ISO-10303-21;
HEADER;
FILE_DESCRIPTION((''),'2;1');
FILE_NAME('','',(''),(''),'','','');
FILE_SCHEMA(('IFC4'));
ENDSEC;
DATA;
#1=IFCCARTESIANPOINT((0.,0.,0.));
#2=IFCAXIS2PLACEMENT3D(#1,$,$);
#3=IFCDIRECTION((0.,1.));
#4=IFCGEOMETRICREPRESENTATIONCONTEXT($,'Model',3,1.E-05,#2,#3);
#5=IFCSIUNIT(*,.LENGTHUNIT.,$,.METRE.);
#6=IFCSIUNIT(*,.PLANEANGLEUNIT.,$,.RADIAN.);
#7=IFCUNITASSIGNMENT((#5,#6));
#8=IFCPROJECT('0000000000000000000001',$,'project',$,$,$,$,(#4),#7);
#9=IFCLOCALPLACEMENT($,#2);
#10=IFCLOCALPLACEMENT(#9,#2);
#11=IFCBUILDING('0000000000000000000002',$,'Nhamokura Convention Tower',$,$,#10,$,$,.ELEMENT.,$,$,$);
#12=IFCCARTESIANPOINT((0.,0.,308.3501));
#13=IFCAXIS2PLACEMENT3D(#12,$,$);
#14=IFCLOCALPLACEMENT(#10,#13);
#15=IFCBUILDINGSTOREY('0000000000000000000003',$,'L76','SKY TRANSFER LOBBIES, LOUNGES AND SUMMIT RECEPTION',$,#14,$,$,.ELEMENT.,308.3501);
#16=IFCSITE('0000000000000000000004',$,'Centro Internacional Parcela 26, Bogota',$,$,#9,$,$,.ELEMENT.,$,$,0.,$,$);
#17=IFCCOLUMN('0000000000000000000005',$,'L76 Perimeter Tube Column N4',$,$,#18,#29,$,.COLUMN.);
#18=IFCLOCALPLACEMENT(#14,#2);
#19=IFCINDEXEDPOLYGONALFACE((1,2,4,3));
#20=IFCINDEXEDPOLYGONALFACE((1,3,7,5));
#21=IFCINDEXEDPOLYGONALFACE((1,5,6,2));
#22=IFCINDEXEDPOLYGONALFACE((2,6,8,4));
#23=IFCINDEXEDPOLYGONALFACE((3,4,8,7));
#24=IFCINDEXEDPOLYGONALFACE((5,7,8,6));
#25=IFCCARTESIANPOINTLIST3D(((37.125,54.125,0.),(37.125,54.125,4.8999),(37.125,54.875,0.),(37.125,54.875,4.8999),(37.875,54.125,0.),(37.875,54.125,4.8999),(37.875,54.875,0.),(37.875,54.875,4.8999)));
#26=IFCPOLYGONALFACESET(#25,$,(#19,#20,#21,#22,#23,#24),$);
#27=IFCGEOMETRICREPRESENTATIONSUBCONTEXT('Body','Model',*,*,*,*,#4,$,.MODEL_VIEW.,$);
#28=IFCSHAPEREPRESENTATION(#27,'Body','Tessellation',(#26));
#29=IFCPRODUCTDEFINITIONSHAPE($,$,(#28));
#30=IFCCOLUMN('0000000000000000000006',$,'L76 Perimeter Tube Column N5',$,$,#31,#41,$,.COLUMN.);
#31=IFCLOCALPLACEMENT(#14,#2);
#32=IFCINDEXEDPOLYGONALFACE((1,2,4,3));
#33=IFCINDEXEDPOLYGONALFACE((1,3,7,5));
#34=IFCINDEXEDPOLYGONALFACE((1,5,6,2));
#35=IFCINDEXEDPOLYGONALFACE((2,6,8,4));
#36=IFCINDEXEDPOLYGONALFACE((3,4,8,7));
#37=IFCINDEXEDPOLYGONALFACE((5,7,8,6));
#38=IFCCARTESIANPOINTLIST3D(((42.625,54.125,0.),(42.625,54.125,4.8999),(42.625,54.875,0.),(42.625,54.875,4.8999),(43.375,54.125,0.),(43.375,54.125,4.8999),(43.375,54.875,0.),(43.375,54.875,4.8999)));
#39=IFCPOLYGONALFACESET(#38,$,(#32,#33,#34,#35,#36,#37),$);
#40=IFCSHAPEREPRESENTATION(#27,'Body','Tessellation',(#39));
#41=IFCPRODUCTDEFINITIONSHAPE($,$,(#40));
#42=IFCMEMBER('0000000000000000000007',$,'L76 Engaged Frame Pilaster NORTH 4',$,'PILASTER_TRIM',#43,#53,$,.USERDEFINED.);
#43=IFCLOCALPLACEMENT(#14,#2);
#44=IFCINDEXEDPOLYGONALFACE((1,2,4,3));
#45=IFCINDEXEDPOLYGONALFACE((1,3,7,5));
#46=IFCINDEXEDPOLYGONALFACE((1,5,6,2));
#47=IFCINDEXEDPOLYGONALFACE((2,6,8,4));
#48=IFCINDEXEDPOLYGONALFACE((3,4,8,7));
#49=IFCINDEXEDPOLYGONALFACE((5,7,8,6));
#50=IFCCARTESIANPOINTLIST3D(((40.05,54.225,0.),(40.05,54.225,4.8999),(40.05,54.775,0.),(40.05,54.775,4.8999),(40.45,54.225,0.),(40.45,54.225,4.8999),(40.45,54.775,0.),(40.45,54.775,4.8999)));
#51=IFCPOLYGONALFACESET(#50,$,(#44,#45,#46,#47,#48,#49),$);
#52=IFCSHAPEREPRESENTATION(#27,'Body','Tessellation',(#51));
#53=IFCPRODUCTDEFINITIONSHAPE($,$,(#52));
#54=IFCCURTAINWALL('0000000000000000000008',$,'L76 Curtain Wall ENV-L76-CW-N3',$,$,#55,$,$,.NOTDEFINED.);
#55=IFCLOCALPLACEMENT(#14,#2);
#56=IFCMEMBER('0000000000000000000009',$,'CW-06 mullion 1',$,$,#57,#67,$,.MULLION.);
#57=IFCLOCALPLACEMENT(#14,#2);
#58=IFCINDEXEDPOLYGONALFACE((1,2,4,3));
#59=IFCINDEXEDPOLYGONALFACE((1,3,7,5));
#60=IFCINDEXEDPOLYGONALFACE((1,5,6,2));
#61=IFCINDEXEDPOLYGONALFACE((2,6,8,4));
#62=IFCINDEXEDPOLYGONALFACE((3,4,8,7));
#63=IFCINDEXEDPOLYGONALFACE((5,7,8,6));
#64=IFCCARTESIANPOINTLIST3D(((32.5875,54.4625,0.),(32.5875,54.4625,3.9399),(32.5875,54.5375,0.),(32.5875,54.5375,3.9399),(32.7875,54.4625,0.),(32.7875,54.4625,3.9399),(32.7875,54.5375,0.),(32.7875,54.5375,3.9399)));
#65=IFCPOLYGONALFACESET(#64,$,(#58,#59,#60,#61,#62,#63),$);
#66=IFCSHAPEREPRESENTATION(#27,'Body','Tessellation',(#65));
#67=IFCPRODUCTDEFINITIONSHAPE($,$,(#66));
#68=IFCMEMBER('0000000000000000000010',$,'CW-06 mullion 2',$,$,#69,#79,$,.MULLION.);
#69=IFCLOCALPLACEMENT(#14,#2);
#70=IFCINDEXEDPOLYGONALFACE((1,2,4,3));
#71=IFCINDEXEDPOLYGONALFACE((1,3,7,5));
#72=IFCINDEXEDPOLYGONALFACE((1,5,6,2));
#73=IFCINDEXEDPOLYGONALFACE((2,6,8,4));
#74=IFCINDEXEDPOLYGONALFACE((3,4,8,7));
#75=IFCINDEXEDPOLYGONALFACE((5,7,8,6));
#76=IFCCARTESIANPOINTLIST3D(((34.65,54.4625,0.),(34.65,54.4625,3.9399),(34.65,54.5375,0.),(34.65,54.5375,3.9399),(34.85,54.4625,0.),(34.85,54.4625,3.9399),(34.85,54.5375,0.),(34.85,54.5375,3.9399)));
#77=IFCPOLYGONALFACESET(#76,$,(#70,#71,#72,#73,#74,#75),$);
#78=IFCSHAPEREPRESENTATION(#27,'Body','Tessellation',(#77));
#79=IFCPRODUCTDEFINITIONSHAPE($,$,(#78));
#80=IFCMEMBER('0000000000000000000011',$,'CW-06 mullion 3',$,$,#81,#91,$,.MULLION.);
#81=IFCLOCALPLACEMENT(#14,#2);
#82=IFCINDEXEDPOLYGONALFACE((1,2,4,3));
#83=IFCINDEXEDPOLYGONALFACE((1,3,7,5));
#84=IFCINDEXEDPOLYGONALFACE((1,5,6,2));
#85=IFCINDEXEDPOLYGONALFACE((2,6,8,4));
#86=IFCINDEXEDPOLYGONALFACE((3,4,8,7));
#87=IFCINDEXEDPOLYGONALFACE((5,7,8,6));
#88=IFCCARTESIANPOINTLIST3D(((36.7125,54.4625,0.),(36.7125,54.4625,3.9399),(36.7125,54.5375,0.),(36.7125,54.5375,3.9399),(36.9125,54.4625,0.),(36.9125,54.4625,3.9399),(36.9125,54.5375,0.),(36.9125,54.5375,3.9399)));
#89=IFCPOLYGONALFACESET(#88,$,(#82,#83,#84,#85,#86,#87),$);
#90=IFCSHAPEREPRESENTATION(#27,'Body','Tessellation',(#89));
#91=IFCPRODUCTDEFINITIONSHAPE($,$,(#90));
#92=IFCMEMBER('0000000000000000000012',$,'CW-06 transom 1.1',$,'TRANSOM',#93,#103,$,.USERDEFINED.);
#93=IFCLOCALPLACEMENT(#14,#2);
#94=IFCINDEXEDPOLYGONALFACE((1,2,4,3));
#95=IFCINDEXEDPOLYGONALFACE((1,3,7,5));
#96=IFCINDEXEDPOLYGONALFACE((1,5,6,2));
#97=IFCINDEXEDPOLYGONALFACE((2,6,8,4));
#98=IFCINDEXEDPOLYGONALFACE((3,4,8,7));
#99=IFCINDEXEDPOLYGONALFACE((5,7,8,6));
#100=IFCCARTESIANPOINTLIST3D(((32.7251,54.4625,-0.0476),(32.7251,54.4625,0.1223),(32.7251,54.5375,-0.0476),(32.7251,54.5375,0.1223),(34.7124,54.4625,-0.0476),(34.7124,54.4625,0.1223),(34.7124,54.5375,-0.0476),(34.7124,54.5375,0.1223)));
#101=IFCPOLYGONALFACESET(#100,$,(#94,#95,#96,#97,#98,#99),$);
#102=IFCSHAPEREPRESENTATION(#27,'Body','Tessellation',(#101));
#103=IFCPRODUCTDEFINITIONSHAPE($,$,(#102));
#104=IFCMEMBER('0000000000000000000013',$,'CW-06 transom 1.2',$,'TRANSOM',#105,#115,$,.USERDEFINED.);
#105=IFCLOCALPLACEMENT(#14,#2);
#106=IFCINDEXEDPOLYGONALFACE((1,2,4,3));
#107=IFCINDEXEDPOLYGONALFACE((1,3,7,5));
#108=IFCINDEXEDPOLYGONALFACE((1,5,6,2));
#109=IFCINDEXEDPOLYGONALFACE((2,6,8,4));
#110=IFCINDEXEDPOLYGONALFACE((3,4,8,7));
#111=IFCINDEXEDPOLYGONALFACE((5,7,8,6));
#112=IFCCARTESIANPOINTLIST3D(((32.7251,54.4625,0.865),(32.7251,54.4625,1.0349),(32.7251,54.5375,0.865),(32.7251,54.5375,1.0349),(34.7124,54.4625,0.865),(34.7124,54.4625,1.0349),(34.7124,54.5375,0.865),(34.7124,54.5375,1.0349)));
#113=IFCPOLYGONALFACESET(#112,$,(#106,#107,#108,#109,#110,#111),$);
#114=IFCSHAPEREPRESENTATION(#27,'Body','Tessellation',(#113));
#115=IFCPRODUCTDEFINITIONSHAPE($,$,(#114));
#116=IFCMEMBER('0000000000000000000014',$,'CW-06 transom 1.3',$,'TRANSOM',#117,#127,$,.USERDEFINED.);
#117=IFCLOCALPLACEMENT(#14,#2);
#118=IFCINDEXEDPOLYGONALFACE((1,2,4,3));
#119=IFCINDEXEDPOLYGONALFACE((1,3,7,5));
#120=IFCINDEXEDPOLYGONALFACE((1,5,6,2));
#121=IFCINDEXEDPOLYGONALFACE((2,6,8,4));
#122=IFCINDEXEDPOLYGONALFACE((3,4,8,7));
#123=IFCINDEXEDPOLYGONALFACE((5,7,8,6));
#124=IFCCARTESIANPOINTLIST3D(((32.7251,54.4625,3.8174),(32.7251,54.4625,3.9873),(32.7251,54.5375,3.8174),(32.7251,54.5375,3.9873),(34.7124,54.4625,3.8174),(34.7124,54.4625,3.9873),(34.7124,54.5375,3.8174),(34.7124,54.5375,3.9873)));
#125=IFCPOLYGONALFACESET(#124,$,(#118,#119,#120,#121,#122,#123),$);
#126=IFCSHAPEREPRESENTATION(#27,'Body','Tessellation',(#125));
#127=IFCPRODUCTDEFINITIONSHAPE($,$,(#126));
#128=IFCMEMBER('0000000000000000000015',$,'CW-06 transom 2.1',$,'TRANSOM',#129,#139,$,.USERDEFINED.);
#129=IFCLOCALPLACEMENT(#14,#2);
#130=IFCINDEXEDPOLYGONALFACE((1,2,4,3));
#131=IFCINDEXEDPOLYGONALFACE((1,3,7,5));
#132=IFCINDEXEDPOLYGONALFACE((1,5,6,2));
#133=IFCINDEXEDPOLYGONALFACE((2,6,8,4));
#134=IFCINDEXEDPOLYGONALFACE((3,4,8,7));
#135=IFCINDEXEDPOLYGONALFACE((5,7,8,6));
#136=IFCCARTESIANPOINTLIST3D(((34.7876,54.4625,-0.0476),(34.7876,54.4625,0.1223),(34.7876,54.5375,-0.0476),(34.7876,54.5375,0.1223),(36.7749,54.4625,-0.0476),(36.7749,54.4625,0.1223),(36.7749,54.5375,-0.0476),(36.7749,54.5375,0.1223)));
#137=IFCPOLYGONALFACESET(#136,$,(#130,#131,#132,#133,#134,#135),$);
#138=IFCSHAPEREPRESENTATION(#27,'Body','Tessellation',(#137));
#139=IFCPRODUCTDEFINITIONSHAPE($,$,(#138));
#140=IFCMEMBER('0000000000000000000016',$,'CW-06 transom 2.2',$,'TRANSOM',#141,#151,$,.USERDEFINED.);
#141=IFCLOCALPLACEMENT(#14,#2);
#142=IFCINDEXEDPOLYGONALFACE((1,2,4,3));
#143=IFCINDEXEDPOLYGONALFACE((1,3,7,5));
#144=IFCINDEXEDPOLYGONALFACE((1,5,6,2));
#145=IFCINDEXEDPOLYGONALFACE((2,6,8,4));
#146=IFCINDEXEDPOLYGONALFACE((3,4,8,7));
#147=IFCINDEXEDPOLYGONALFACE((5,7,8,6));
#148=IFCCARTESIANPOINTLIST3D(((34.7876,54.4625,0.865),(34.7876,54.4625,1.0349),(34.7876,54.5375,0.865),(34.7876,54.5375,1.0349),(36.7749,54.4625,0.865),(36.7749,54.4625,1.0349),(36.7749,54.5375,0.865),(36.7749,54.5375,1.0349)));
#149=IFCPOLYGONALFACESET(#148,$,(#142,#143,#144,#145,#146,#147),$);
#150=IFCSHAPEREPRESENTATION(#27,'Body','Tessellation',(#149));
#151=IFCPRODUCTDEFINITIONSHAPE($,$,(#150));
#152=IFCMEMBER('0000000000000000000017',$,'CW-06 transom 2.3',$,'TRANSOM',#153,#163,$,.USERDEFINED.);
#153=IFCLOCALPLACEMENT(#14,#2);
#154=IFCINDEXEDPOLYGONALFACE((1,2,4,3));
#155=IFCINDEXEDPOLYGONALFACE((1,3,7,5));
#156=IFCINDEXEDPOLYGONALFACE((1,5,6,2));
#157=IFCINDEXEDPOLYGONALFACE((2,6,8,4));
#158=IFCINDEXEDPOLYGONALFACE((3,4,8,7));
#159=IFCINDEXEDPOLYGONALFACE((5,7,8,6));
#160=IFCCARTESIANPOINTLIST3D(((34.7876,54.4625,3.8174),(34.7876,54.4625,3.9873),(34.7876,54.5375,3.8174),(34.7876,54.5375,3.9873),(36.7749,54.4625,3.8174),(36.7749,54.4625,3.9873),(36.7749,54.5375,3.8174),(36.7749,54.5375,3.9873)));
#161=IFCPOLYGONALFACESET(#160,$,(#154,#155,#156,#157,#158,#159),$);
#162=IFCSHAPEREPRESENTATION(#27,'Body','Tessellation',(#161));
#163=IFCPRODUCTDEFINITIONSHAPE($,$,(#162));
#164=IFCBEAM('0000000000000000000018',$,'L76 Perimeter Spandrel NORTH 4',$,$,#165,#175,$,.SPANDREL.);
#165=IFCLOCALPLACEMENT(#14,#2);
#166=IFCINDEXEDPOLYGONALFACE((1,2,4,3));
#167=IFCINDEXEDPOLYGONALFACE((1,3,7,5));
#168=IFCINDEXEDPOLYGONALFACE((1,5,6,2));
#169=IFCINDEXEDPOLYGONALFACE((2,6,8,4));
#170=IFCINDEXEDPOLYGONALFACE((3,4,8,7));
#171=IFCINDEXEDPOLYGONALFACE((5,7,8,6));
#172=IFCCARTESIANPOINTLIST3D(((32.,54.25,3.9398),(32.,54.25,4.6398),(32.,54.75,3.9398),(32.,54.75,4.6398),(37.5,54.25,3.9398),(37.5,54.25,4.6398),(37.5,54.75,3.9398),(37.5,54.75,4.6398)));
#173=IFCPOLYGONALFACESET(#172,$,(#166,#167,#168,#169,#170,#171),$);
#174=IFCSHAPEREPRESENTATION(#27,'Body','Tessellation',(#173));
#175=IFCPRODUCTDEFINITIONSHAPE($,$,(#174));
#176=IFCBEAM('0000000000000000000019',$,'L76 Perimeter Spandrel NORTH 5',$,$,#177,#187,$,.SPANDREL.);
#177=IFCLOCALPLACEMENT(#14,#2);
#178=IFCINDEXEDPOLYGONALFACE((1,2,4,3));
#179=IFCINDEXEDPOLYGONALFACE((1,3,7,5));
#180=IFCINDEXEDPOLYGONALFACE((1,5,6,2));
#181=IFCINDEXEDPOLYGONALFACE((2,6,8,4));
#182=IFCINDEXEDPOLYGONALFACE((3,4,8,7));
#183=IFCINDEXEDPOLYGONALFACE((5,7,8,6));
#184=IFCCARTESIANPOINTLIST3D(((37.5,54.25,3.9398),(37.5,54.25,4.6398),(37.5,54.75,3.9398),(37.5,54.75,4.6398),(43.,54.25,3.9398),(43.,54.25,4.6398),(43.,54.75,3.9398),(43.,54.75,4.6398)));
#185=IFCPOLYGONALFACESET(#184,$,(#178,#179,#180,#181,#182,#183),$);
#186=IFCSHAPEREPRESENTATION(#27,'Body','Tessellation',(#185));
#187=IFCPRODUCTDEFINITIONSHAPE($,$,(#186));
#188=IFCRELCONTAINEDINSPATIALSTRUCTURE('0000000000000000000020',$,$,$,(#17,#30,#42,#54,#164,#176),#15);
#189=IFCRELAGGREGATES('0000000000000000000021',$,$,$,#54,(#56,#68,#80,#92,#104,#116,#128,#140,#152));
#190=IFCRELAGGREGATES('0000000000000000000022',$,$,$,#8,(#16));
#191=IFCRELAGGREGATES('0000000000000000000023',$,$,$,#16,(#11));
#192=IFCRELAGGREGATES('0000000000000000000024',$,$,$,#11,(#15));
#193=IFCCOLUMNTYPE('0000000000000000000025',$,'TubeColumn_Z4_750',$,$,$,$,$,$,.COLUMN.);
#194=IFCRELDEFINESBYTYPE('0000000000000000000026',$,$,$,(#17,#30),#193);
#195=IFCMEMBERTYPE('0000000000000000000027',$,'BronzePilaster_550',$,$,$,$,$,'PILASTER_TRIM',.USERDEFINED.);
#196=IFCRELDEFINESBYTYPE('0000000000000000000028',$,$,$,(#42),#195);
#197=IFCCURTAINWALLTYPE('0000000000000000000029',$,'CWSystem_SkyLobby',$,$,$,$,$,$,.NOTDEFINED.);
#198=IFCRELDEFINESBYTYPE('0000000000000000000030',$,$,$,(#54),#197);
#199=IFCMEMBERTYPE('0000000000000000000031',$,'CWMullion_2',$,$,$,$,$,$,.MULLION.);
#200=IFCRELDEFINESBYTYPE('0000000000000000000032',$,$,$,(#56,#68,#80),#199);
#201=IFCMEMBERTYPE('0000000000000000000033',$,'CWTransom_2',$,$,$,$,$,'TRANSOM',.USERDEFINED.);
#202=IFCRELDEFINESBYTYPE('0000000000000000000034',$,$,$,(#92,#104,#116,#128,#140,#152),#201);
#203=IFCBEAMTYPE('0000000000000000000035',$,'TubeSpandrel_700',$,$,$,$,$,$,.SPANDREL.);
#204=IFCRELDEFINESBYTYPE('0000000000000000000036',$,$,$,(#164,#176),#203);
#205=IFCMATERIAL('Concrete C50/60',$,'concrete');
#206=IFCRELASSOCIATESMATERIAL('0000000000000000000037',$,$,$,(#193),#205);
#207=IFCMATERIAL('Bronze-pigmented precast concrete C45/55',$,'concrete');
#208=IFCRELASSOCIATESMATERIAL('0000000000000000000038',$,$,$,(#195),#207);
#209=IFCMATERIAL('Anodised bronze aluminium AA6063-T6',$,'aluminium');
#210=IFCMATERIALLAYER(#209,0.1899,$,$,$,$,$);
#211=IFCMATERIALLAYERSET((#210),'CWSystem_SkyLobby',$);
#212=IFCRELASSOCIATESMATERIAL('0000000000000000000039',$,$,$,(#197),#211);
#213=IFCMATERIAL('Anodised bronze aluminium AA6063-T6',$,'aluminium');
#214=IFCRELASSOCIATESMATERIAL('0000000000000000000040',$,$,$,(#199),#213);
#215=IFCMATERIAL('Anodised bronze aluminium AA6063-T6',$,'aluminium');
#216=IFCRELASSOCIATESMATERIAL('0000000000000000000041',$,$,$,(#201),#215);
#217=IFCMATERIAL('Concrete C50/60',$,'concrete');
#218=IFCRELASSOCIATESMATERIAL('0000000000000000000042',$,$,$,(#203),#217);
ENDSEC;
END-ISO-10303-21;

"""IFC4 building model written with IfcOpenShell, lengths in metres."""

from ifc_helpers import new_model, si_unit, direction, frame, origin, origin_2d, place, context, subcontext, project, spatial, rectangle, extrude, material, layer, layer_set, material_profile, profile_set, type_object, element, aggregate, save


model = new_model("IFC4")

# Units and contexts
model_context = context("Model", 3, precision=1e-05, world=origin(), true_north=direction((0.0, 1.0)))
body_context = subcontext(model_context, "Body", "Model", "MODEL_VIEW")
ifc_project = project(units=[si_unit("LENGTHUNIT", "METRE"), si_unit("PLANEANGLEUNIT", "RADIAN")], contexts=[model_context])

# Site, building, storey
site_placement = place(None, origin())
site = spatial("IfcSite", under=ifc_project, at=site_placement, Name="Centro Internacional Parcela 26, Bogota", CompositionType="ELEMENT", RefElevation=0.0)
building_placement = place(site_placement, origin())
building = spatial("IfcBuilding", under=site, at=building_placement, Name="Nhamokura Convention Tower", CompositionType="ELEMENT")
storey_placement = place(building_placement, frame((0.0, 0.0, 308.3501)))
storey = spatial("IfcBuildingStorey", under=building, at=storey_placement, Name="L76", Description="SKY TRANSFER LOBBIES, LOUNGES AND SUMMIT RECEPTION", CompositionType="ELEMENT", Elevation=308.3501)

# Columns
ifc_material_1 = material(Name="Concrete C50/60", Category="concrete")
ifc_material_profile_1 = material_profile(ifc_material_1, rectangle(XDim=0.75, YDim=0.75, at=origin_2d()))
ifc_profile_set_1 = profile_set([ifc_material_profile_1], Name="Concrete C50/60")
column_type = type_object("IfcColumnType", Name="TubeColumn_Z4_750", PredefinedType="COLUMN", material=ifc_profile_set_1)
for number, where, z_axis, x_axis, name in (
    (1, (37.5, 54.5, 0.0), (0.0, 0.0, 1.0), (1.0, 0.0, 0.0), "L76 Perimeter Tube Column N4"),
    (2, (43.0, 54.5, 0.0), (0.0, 0.0, 1.0), (1.0, 0.0, 0.0), "L76 Perimeter Tube Column N5"),
):
    element("IfcColumn", number, at=place(storey_placement, frame(where, z_axis=z_axis, x_axis=x_axis)), inside=storey, type_object=column_type, Name=name, PredefinedType="COLUMN", context=body_context, shape_type="SweptSolid", body=[
        extrude(rectangle(XDim=0.75, YDim=0.75, at=origin_2d()), origin(), (0.0, 0.0, 1.0), 4.8999),
    ])

# Member
ifc_material_2 = material(Name="Bronze-pigmented precast concrete C45/55", Category="concrete")
ifc_material_profile_2 = material_profile(ifc_material_2, rectangle(XDim=0.3999, YDim=0.55, at=origin_2d()))
ifc_profile_set_2 = profile_set([ifc_material_profile_2], Name="Bronze-pigmented precast concrete C45/55")
member_type_1 = type_object("IfcMemberType", Name="BronzePilaster_550", ElementType="PILASTER_TRIM", PredefinedType="USERDEFINED", material=ifc_profile_set_2)
member_1_placement = place(storey_placement, frame((40.25, 54.5, 0.0), z_axis=(0.0, 0.0, 1.0), x_axis=(1.0, 0.0, 0.0)))
element("IfcMember", 3, at=member_1_placement, inside=storey, type_object=member_type_1, Name="L76 Engaged Frame Pilaster NORTH 4", ObjectType="PILASTER_TRIM", PredefinedType="USERDEFINED", context=body_context, shape_type="SweptSolid", body=[
    extrude(rectangle(XDim=0.3999, YDim=0.55, at=origin_2d()), origin(), (0.0, 0.0, 1.0), 4.8999),
])

# Curtain wall, members
ifc_material_3 = material(Name="Anodised bronze aluminium AA6063-T6", Category="aluminium")
ifc_layer_1 = layer(ifc_material_3, 0.1899)
ifc_layer_set_1 = layer_set([ifc_layer_1], Name="CWSystem_SkyLobby")
curtain_wall_type = type_object("IfcCurtainWallType", Name="CWSystem_SkyLobby", PredefinedType="NOTDEFINED", material=ifc_layer_set_1)
curtain_wall_placement = place(storey_placement, origin())
curtain_wall = element("IfcCurtainWall", 4, at=curtain_wall_placement, inside=storey, type_object=curtain_wall_type, Name="L76 Curtain Wall ENV-L76-CW-N3", PredefinedType="NOTDEFINED")
ifc_material_4 = material(Name="Anodised bronze aluminium AA6063-T6", Category="aluminium")
ifc_material_profile_3 = material_profile(ifc_material_4, rectangle(XDim=0.075, YDim=0.2, at=origin_2d()))
ifc_profile_set_3 = profile_set([ifc_material_profile_3], Name="Anodised bronze aluminium AA6063-T6")
member_type_2 = type_object("IfcMemberType", Name="CWMullion_2", PredefinedType="MULLION", material=ifc_profile_set_3)
member_2_placement = place(storey_placement, frame((32.6875, 54.5, 0.0), z_axis=(0.0, 0.0, 1.0), x_axis=(0.0, 1.0, 0.0)))
member_2 = element("IfcMember", 5, at=member_2_placement, type_object=member_type_2, Name="CW-06 mullion 1", PredefinedType="MULLION", context=body_context, shape_type="SweptSolid", body=[
    extrude(rectangle(XDim=0.075, YDim=0.2, at=origin_2d()), origin(), (0.0, 0.0, 1.0), 3.9399),
])
member_3_placement = place(storey_placement, frame((34.75, 54.5, 0.0), z_axis=(0.0, 0.0, 1.0), x_axis=(0.0, 1.0, 0.0)))
member_3 = element("IfcMember", 6, at=member_3_placement, type_object=member_type_2, Name="CW-06 mullion 2", PredefinedType="MULLION", context=body_context, shape_type="SweptSolid", body=[
    extrude(rectangle(XDim=0.075, YDim=0.2, at=origin_2d()), origin(), (0.0, 0.0, 1.0), 3.9399),
])
member_4_placement = place(storey_placement, frame((36.8125, 54.5, 0.0), z_axis=(0.0, 0.0, 1.0), x_axis=(0.0, 1.0, 0.0)))
member_4 = element("IfcMember", 7, at=member_4_placement, type_object=member_type_2, Name="CW-06 mullion 3", PredefinedType="MULLION", context=body_context, shape_type="SweptSolid", body=[
    extrude(rectangle(XDim=0.075, YDim=0.2, at=origin_2d()), origin(), (0.0, 0.0, 1.0), 3.9399),
])
ifc_material_5 = material(Name="Anodised bronze aluminium AA6063-T6", Category="aluminium")
ifc_material_profile_4 = material_profile(ifc_material_5, rectangle(XDim=0.075, YDim=0.1699, at=origin_2d()))
ifc_profile_set_4 = profile_set([ifc_material_profile_4], Name="Anodised bronze aluminium AA6063-T6")
member_type_3 = type_object("IfcMemberType", Name="CWTransom_2", ElementType="TRANSOM", PredefinedType="USERDEFINED", material=ifc_profile_set_4)
member_5_placement = place(storey_placement, frame((32.7251, 54.5, 0.0374), z_axis=(1.0, 0.0, 0.0), x_axis=(0.0, 1.0, 0.0)))
member_5 = element("IfcMember", 8, at=member_5_placement, type_object=member_type_3, Name="CW-06 transom 1.1", ObjectType="TRANSOM", PredefinedType="USERDEFINED", context=body_context, shape_type="SweptSolid", body=[
    extrude(rectangle(XDim=0.075, YDim=0.1699, at=origin_2d()), origin(), (0.0, 0.0, 1.0), 1.9873),
])
member_6_placement = place(storey_placement, frame((32.7251, 54.5, 0.95), z_axis=(1.0, 0.0, 0.0), x_axis=(0.0, 1.0, 0.0)))
member_6 = element("IfcMember", 9, at=member_6_placement, type_object=member_type_3, Name="CW-06 transom 1.2", ObjectType="TRANSOM", PredefinedType="USERDEFINED", context=body_context, shape_type="SweptSolid", body=[
    extrude(rectangle(XDim=0.075, YDim=0.1699, at=origin_2d()), origin(), (0.0, 0.0, 1.0), 1.9873),
])
member_7_placement = place(storey_placement, frame((32.7251, 54.5, 3.9023), z_axis=(1.0, 0.0, 0.0), x_axis=(0.0, 1.0, 0.0)))
member_7 = element("IfcMember", 10, at=member_7_placement, type_object=member_type_3, Name="CW-06 transom 1.3", ObjectType="TRANSOM", PredefinedType="USERDEFINED", context=body_context, shape_type="SweptSolid", body=[
    extrude(rectangle(XDim=0.075, YDim=0.1699, at=origin_2d()), origin(), (0.0, 0.0, 1.0), 1.9873),
])
member_8_placement = place(storey_placement, frame((34.7876, 54.5, 0.0374), z_axis=(1.0, 0.0, 0.0), x_axis=(0.0, 1.0, 0.0)))
member_8 = element("IfcMember", 11, at=member_8_placement, type_object=member_type_3, Name="CW-06 transom 2.1", ObjectType="TRANSOM", PredefinedType="USERDEFINED", context=body_context, shape_type="SweptSolid", body=[
    extrude(rectangle(XDim=0.075, YDim=0.1699, at=origin_2d()), origin(), (0.0, 0.0, 1.0), 1.9873),
])
member_9_placement = place(storey_placement, frame((34.7876, 54.5, 0.95), z_axis=(1.0, 0.0, 0.0), x_axis=(0.0, 1.0, 0.0)))
member_9 = element("IfcMember", 12, at=member_9_placement, type_object=member_type_3, Name="CW-06 transom 2.2", ObjectType="TRANSOM", PredefinedType="USERDEFINED", context=body_context, shape_type="SweptSolid", body=[
    extrude(rectangle(XDim=0.075, YDim=0.1699, at=origin_2d()), origin(), (0.0, 0.0, 1.0), 1.9873),
])
member_10_placement = place(storey_placement, frame((34.7876, 54.5, 3.9023), z_axis=(1.0, 0.0, 0.0), x_axis=(0.0, 1.0, 0.0)))
member_10 = element("IfcMember", 13, at=member_10_placement, type_object=member_type_3, Name="CW-06 transom 2.3", ObjectType="TRANSOM", PredefinedType="USERDEFINED", context=body_context, shape_type="SweptSolid", body=[
    extrude(rectangle(XDim=0.075, YDim=0.1699, at=origin_2d()), origin(), (0.0, 0.0, 1.0), 1.9873),
])

# Beams
ifc_material_6 = material(Name="Concrete C50/60", Category="concrete")
ifc_material_profile_5 = material_profile(ifc_material_6, rectangle(XDim=0.5, YDim=0.7, at=origin_2d()))
ifc_profile_set_5 = profile_set([ifc_material_profile_5], Name="Concrete C50/60")
beam_type = type_object("IfcBeamType", Name="TubeSpandrel_700", PredefinedType="SPANDREL", material=ifc_profile_set_5)
for number, where, z_axis, x_axis, name in (
    (14, (32.0, 54.5, 4.2898), (1.0, 0.0, 0.0), (0.0, 1.0, 0.0), "L76 Perimeter Spandrel NORTH 4"),
    (15, (37.5, 54.5, 4.2898), (1.0, 0.0, 0.0), (0.0, 1.0, 0.0), "L76 Perimeter Spandrel NORTH 5"),
):
    element("IfcBeam", number, at=place(storey_placement, frame(where, z_axis=z_axis, x_axis=x_axis)), inside=storey, type_object=beam_type, Name=name, PredefinedType="SPANDREL", context=body_context, shape_type="SweptSolid", body=[
        extrude(rectangle(XDim=0.5, YDim=0.7, at=origin_2d()), origin(), (0.0, 0.0, 1.0), 5.5),
    ])

aggregate(curtain_wall, [member_2, member_3, member_4, member_5, member_6, member_7, member_8, member_9, member_10])

save(model, "model.ifc")
